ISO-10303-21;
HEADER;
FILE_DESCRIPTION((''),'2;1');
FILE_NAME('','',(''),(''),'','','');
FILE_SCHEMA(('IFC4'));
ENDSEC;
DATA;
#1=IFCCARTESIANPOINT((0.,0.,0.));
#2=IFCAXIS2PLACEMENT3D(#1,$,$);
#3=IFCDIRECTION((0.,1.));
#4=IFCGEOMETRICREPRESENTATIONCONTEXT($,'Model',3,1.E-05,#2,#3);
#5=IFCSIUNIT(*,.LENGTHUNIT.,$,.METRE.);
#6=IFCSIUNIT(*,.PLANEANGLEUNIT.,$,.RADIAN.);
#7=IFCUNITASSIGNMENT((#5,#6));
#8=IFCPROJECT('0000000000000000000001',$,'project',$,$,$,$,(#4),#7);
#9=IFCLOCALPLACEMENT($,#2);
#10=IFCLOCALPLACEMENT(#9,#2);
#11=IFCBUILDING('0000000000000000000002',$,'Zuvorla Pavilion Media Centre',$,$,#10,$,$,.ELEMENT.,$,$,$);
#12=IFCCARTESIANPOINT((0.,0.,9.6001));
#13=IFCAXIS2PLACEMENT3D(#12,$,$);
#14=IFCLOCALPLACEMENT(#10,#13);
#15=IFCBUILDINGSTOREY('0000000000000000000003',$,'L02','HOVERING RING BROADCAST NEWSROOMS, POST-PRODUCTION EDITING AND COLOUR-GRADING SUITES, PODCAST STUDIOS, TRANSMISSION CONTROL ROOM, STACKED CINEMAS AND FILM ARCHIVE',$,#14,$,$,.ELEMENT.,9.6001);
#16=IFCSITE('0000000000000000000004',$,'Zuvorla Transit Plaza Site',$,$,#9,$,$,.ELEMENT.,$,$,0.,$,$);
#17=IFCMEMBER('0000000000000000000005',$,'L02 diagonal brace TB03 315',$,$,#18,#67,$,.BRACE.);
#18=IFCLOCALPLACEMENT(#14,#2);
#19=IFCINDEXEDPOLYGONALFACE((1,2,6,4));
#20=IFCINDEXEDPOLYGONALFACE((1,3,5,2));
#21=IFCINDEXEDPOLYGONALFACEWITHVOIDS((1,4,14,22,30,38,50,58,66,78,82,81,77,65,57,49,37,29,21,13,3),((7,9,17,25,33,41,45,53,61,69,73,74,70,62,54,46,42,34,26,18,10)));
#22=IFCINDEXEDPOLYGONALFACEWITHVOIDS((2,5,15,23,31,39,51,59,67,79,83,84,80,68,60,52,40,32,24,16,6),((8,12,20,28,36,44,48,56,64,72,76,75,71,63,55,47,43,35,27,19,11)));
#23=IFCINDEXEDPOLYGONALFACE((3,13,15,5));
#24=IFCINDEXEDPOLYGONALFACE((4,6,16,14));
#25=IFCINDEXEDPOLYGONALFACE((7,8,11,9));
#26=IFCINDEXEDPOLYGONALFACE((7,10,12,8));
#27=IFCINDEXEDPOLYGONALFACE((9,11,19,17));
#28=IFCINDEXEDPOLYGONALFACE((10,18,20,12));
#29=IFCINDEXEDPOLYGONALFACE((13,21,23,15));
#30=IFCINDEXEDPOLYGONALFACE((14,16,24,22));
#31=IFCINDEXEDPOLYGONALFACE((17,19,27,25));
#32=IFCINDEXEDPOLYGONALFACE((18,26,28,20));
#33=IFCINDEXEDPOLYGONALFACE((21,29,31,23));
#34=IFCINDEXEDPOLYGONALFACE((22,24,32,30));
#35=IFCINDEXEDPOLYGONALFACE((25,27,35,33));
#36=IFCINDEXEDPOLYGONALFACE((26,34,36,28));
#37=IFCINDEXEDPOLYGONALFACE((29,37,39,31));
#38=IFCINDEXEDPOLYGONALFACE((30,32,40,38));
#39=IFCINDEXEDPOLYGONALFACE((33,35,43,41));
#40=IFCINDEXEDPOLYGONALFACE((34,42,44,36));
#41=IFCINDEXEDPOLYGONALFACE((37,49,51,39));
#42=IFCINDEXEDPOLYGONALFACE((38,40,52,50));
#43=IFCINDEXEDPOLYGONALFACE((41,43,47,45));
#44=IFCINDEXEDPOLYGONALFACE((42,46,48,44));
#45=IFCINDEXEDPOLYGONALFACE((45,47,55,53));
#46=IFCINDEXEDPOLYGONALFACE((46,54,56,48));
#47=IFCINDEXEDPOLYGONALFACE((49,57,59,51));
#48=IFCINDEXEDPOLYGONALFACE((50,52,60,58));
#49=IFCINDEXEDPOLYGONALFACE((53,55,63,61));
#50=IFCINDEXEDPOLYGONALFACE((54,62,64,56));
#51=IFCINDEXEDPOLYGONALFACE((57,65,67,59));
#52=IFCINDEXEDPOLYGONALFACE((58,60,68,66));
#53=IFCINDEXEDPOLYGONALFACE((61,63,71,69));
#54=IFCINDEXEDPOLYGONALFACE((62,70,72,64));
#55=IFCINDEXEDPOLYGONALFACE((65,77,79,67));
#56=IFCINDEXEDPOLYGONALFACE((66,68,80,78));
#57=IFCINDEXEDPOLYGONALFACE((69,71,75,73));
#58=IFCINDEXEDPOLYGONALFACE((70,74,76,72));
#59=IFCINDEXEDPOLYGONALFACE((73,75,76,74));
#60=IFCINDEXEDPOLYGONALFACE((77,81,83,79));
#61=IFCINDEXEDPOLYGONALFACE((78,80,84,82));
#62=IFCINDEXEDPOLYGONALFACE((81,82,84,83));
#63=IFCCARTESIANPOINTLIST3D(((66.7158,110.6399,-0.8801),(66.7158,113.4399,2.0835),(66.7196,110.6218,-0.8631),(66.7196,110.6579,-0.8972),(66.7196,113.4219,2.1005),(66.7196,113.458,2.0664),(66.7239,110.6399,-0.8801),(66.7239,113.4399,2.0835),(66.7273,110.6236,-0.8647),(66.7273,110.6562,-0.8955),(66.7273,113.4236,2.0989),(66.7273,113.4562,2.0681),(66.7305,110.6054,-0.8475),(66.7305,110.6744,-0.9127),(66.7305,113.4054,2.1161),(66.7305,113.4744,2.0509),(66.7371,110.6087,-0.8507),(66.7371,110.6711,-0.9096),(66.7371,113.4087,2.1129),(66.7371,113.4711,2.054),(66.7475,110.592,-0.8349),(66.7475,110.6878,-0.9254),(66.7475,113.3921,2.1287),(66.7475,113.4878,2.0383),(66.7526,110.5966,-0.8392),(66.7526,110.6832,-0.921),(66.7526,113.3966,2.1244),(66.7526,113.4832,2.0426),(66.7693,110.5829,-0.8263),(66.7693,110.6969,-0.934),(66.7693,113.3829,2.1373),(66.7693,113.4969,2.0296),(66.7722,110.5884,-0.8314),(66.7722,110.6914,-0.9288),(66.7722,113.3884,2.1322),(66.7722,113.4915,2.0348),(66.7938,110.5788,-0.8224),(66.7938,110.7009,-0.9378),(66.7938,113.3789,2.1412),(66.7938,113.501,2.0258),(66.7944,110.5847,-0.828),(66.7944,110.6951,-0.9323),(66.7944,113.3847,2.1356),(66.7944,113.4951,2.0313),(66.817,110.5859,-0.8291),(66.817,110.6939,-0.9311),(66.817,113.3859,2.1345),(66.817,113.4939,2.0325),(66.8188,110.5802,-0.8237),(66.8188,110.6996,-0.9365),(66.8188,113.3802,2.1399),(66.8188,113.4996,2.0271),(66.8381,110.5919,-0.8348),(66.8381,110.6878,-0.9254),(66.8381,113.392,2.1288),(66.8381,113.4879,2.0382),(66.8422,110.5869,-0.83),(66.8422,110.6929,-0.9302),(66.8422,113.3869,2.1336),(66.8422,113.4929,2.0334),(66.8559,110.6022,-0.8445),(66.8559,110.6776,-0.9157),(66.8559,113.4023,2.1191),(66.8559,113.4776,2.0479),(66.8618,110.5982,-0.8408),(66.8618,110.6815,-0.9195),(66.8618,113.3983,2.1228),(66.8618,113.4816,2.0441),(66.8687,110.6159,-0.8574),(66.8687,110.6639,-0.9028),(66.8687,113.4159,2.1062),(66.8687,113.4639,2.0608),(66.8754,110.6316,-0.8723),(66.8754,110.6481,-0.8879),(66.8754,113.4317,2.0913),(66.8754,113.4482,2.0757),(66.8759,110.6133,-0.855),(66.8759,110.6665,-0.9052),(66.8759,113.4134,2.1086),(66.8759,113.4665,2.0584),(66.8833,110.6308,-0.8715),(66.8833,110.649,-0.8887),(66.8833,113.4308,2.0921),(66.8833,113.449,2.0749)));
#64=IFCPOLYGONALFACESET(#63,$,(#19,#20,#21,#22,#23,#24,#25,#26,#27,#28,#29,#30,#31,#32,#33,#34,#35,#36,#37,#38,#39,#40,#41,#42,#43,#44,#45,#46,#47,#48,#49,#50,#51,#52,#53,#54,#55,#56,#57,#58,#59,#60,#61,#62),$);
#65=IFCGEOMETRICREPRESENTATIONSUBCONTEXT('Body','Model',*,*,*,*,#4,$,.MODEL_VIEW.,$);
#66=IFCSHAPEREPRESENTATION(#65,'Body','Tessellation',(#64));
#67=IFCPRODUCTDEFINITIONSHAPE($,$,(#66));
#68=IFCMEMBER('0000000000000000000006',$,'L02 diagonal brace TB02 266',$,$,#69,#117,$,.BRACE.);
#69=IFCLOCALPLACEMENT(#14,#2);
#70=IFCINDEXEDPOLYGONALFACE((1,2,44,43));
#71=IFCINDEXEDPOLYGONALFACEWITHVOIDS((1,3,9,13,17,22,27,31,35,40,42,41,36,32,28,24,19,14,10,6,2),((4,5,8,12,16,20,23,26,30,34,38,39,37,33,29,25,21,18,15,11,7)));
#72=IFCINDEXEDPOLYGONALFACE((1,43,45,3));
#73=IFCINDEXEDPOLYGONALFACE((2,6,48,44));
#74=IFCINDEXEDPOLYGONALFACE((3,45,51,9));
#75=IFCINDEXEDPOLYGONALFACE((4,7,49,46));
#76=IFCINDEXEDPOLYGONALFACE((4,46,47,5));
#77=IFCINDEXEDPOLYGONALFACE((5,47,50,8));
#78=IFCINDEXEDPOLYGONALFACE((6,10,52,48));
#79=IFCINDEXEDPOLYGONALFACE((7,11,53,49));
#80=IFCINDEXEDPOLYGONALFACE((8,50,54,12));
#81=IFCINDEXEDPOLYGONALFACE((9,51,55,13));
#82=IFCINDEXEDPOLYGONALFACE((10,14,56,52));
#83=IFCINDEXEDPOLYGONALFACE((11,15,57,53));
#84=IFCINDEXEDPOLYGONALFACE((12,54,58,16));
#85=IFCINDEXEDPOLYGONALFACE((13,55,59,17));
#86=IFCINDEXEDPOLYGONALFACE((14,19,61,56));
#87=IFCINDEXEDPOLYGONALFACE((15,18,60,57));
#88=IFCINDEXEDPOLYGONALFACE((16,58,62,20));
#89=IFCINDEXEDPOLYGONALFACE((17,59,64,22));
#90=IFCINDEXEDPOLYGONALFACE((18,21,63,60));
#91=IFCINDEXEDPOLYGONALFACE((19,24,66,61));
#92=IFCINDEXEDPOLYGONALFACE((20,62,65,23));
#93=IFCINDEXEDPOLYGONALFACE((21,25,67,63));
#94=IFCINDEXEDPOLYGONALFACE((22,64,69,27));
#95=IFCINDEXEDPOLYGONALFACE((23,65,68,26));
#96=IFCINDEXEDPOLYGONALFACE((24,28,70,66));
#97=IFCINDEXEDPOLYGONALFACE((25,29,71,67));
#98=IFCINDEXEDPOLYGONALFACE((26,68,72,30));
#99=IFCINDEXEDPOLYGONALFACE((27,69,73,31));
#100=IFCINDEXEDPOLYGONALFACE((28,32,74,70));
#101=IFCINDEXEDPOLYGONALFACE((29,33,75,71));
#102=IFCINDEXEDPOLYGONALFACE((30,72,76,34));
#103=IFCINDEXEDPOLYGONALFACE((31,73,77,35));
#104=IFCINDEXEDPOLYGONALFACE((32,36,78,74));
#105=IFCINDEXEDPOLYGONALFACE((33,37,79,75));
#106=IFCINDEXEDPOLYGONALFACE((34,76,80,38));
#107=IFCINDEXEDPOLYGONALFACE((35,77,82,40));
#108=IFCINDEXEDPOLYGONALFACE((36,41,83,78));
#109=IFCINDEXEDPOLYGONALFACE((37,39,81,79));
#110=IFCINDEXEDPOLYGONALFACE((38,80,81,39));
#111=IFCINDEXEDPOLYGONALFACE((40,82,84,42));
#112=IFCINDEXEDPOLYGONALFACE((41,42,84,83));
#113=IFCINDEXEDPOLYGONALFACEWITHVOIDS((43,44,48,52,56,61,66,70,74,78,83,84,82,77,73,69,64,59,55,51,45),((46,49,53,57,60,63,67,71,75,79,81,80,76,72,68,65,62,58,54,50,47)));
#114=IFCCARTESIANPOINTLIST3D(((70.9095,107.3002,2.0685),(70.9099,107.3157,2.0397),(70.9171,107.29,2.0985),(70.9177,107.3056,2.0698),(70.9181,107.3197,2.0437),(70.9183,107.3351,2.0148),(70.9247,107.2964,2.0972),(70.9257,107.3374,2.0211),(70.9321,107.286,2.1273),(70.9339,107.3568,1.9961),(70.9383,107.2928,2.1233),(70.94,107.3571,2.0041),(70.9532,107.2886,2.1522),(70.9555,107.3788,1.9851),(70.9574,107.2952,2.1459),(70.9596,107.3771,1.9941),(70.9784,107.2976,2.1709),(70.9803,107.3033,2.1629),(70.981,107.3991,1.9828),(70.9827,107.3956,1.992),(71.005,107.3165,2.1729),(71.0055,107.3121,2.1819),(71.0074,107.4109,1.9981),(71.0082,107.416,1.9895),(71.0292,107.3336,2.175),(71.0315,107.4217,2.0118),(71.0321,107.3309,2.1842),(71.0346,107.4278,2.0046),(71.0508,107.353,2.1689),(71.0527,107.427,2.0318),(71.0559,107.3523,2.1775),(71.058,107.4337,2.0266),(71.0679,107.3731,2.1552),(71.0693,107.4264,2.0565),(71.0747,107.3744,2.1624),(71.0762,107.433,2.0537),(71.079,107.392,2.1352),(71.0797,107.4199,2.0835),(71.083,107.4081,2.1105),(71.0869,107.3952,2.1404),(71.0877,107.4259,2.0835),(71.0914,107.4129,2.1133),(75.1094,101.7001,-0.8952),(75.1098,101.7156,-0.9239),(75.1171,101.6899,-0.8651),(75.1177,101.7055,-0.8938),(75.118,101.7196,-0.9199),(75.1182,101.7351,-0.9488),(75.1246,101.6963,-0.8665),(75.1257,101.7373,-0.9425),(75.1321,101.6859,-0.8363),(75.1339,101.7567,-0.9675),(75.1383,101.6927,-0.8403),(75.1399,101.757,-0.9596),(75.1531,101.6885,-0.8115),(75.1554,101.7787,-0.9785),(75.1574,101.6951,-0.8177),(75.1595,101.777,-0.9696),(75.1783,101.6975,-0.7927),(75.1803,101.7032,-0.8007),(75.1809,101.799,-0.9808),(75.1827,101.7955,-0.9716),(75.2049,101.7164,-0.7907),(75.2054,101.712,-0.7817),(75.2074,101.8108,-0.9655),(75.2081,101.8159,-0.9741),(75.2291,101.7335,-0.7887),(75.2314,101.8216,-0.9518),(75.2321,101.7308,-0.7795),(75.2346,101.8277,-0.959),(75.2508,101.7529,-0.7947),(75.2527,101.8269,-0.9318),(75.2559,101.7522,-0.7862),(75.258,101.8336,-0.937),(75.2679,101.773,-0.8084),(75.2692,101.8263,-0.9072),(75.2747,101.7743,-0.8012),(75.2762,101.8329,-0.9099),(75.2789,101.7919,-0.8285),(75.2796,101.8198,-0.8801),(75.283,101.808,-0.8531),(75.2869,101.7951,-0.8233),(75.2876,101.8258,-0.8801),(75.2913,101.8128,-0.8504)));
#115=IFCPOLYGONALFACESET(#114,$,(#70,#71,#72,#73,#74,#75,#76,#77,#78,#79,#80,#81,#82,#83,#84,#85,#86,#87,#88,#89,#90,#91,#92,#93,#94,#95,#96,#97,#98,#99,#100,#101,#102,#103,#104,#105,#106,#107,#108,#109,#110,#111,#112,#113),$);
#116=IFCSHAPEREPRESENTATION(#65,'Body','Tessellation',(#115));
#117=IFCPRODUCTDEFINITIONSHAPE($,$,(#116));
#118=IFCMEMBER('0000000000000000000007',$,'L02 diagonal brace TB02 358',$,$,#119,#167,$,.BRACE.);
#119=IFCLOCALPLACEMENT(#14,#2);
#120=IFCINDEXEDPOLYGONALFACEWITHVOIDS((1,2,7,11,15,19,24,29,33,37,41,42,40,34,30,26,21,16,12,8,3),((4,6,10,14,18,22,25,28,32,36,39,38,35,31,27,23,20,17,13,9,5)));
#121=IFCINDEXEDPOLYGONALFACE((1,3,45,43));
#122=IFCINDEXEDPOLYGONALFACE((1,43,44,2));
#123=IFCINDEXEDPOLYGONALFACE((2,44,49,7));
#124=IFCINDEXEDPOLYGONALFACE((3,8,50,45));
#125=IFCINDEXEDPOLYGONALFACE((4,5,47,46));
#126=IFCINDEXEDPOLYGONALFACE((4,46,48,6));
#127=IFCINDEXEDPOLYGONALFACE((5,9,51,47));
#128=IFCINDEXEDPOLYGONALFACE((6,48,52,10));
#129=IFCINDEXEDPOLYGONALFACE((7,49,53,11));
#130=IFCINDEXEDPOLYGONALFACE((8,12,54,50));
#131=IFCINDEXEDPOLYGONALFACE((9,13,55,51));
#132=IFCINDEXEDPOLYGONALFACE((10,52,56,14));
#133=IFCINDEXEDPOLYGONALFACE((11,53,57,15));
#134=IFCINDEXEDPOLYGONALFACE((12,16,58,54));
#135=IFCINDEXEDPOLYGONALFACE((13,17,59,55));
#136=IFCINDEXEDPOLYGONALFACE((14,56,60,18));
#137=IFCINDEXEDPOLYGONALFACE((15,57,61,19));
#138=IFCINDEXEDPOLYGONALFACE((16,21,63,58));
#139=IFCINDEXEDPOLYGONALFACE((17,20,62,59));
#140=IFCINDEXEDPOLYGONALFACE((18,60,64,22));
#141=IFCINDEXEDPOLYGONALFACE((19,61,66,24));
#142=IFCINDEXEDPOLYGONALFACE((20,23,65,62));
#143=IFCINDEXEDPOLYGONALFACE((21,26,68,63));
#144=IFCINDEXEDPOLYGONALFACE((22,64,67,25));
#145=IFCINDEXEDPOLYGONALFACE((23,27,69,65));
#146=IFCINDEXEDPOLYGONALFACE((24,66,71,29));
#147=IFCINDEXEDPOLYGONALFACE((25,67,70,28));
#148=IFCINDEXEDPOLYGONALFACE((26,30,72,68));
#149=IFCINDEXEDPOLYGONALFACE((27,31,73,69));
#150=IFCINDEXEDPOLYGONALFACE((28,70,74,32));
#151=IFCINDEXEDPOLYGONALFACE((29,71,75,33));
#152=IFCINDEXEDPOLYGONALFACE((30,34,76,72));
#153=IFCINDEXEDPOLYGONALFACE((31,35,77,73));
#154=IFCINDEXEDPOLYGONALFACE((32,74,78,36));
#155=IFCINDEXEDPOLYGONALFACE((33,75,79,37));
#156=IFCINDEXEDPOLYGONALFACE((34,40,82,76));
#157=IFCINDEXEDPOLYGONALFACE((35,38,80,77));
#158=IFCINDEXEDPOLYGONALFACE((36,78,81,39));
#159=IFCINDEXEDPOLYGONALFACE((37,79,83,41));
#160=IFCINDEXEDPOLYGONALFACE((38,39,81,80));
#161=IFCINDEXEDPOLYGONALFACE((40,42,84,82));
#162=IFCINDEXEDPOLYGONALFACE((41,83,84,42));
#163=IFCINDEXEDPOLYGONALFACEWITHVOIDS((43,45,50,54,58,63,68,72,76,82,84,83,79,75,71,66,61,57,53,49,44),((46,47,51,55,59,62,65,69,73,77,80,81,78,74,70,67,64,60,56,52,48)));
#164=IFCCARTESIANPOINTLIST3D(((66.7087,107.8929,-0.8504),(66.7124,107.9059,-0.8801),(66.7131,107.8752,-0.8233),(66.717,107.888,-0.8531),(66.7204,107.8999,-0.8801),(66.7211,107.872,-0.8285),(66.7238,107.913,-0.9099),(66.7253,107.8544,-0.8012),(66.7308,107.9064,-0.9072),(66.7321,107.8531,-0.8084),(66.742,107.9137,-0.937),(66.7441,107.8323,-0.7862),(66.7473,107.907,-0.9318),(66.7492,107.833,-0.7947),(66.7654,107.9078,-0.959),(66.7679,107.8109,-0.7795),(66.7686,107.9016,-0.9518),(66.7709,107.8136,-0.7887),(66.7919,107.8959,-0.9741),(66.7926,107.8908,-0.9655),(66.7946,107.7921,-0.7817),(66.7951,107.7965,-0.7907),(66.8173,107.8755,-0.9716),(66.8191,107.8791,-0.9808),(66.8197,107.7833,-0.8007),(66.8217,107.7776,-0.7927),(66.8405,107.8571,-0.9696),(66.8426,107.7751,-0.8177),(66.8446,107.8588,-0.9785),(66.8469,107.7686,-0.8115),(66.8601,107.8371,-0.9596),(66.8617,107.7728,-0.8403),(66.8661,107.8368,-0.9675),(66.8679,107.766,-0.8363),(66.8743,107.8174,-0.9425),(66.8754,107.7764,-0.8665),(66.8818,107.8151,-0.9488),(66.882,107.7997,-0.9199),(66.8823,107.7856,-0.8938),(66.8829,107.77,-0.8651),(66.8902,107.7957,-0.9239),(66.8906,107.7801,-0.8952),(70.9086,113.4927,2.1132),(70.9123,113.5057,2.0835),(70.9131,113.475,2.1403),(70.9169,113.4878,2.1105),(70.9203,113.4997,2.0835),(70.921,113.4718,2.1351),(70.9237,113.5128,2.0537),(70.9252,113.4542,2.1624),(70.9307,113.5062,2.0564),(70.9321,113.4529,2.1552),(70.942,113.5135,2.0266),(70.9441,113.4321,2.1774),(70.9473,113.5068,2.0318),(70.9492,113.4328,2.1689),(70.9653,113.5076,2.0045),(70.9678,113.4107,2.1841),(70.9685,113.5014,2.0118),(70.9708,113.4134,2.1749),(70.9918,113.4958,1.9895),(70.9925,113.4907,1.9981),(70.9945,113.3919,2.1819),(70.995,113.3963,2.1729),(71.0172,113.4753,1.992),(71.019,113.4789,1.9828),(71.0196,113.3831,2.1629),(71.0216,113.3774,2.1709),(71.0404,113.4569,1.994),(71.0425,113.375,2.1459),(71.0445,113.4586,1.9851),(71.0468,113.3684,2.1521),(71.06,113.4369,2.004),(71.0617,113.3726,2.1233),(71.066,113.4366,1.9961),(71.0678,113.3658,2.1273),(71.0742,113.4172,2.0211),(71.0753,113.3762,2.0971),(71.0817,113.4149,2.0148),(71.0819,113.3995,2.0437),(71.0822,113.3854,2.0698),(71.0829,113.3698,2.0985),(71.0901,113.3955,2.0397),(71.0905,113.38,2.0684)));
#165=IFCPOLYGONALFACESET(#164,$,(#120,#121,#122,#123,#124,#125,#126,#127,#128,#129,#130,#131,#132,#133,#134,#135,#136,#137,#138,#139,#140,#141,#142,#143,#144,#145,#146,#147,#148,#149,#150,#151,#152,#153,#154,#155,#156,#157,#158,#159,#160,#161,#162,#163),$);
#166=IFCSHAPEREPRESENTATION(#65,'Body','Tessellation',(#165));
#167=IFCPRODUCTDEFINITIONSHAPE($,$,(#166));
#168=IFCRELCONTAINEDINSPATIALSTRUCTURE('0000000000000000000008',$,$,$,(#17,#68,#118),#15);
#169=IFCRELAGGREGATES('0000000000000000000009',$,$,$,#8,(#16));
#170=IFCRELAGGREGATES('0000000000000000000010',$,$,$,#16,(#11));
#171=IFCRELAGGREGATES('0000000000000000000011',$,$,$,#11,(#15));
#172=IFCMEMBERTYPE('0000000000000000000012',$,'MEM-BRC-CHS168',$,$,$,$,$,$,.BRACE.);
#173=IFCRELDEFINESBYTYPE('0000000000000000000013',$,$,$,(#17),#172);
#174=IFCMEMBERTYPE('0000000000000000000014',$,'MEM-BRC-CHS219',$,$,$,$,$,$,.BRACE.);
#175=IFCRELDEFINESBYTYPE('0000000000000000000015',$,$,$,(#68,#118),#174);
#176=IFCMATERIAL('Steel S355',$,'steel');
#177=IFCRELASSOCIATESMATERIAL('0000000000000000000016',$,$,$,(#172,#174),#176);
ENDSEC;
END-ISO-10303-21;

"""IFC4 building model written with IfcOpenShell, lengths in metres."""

from ifc_helpers import new_model, si_unit, direction, frame, origin, origin_2d, place, context, subcontext, project, spatial, hollow_circle, extrude, material, material_profile, profile_set, type_object, element, save


model = new_model("IFC4")

# Units and contexts
model_context = context("Model", 3, precision=1e-05, world=origin(), true_north=direction((0.0, 1.0)))
body_context = subcontext(model_context, "Body", "Model", "MODEL_VIEW")
ifc_project = project(units=[si_unit("LENGTHUNIT", "METRE"), si_unit("PLANEANGLEUNIT", "RADIAN")], contexts=[model_context])

# Site, building, storey
site_placement = place(None, origin())
site = spatial("IfcSite", under=ifc_project, at=site_placement, Name="Zuvorla Transit Plaza Site", CompositionType="ELEMENT", RefElevation=0.0)
building_placement = place(site_placement, origin())
building = spatial("IfcBuilding", under=site, at=building_placement, Name="Zuvorla Pavilion Media Centre", CompositionType="ELEMENT")
storey_placement = place(building_placement, frame((0.0, 0.0, 9.6001)))
storey = spatial("IfcBuildingStorey", under=building, at=storey_placement, Name="L02", Description="HOVERING RING BROADCAST NEWSROOMS, POST-PRODUCTION EDITING AND COLOUR-GRADING SUITES, PODCAST STUDIOS, TRANSMISSION CONTROL ROOM, STACKED CINEMAS AND FILM ARCHIVE", CompositionType="ELEMENT", Elevation=9.6001)

# Shared definitions
ifc_material_1 = material(Name="Steel S355", Category="steel")

# Members
ifc_material_profile_1 = material_profile(ifc_material_1, hollow_circle(Radius=0.0842, WallThickness=0.0081, at=origin_2d()), Name="CHS 168.3x8")
ifc_profile_set_1 = profile_set([ifc_material_profile_1], Name="Steel S355")
member_type_1 = type_object("IfcMemberType", Name="MEM-BRC-CHS168", PredefinedType="BRACE", material=ifc_profile_set_1)
member_1_placement = place(storey_placement, frame((66.8, 110.6399, -0.8801), z_axis=(0.0, 0.686762, 0.726882), x_axis=(-1.0, 0.0, 0.0)))
element("IfcMember", 1, at=member_1_placement, inside=storey, type_object=member_type_1, Name="L02 diagonal brace TB03 315", PredefinedType="BRACE", context=body_context, shape_type="SweptSolid", body=[
    extrude(hollow_circle(Radius=0.0842, WallThickness=0.0081, at=origin_2d()), origin(), (0.0, 0.0, 1.0), 4.0771),
])
ifc_material_profile_2 = material_profile(ifc_material_1, hollow_circle(Radius=0.1096, WallThickness=0.01, at=origin_2d()), Name="CHS 219.1x10")
ifc_profile_set_2 = profile_set([ifc_material_profile_2], Name="Steel S355")
member_type_2 = type_object("IfcMemberType", Name="MEM-BRC-CHS219", PredefinedType="BRACE", material=ifc_profile_set_2)
member_2_placement = place(storey_placement, frame((71.0, 107.3601, 2.0835), z_axis=(0.552512, -0.736704, -0.38987), x_axis=(0.800008, 0.599989, 0.0)))
element("IfcMember", 2, at=member_2_placement, inside=storey, type_object=member_type_2, Name="L02 diagonal brace TB02 266", PredefinedType="BRACE", context=body_context, shape_type="SweptSolid", body=[
    extrude(hollow_circle(Radius=0.1096, WallThickness=0.01, at=origin_2d()), origin(), (0.0, 0.0, 1.0), 7.6016),
])
member_3_placement = place(storey_placement, frame((66.8, 107.8401, -0.8801), z_axis=(0.552525, 0.736689, 0.389879), x_axis=(-0.799996, 0.600006, 0.0)))
element("IfcMember", 3, at=member_3_placement, inside=storey, type_object=member_type_2, Name="L02 diagonal brace TB02 358", PredefinedType="BRACE", context=body_context, shape_type="SweptSolid", body=[
    extrude(hollow_circle(Radius=0.1096, WallThickness=0.01, at=origin_2d()), origin(), (0.0, 0.0, 1.0), 7.6013),
])

save(model, "model.ifc")
